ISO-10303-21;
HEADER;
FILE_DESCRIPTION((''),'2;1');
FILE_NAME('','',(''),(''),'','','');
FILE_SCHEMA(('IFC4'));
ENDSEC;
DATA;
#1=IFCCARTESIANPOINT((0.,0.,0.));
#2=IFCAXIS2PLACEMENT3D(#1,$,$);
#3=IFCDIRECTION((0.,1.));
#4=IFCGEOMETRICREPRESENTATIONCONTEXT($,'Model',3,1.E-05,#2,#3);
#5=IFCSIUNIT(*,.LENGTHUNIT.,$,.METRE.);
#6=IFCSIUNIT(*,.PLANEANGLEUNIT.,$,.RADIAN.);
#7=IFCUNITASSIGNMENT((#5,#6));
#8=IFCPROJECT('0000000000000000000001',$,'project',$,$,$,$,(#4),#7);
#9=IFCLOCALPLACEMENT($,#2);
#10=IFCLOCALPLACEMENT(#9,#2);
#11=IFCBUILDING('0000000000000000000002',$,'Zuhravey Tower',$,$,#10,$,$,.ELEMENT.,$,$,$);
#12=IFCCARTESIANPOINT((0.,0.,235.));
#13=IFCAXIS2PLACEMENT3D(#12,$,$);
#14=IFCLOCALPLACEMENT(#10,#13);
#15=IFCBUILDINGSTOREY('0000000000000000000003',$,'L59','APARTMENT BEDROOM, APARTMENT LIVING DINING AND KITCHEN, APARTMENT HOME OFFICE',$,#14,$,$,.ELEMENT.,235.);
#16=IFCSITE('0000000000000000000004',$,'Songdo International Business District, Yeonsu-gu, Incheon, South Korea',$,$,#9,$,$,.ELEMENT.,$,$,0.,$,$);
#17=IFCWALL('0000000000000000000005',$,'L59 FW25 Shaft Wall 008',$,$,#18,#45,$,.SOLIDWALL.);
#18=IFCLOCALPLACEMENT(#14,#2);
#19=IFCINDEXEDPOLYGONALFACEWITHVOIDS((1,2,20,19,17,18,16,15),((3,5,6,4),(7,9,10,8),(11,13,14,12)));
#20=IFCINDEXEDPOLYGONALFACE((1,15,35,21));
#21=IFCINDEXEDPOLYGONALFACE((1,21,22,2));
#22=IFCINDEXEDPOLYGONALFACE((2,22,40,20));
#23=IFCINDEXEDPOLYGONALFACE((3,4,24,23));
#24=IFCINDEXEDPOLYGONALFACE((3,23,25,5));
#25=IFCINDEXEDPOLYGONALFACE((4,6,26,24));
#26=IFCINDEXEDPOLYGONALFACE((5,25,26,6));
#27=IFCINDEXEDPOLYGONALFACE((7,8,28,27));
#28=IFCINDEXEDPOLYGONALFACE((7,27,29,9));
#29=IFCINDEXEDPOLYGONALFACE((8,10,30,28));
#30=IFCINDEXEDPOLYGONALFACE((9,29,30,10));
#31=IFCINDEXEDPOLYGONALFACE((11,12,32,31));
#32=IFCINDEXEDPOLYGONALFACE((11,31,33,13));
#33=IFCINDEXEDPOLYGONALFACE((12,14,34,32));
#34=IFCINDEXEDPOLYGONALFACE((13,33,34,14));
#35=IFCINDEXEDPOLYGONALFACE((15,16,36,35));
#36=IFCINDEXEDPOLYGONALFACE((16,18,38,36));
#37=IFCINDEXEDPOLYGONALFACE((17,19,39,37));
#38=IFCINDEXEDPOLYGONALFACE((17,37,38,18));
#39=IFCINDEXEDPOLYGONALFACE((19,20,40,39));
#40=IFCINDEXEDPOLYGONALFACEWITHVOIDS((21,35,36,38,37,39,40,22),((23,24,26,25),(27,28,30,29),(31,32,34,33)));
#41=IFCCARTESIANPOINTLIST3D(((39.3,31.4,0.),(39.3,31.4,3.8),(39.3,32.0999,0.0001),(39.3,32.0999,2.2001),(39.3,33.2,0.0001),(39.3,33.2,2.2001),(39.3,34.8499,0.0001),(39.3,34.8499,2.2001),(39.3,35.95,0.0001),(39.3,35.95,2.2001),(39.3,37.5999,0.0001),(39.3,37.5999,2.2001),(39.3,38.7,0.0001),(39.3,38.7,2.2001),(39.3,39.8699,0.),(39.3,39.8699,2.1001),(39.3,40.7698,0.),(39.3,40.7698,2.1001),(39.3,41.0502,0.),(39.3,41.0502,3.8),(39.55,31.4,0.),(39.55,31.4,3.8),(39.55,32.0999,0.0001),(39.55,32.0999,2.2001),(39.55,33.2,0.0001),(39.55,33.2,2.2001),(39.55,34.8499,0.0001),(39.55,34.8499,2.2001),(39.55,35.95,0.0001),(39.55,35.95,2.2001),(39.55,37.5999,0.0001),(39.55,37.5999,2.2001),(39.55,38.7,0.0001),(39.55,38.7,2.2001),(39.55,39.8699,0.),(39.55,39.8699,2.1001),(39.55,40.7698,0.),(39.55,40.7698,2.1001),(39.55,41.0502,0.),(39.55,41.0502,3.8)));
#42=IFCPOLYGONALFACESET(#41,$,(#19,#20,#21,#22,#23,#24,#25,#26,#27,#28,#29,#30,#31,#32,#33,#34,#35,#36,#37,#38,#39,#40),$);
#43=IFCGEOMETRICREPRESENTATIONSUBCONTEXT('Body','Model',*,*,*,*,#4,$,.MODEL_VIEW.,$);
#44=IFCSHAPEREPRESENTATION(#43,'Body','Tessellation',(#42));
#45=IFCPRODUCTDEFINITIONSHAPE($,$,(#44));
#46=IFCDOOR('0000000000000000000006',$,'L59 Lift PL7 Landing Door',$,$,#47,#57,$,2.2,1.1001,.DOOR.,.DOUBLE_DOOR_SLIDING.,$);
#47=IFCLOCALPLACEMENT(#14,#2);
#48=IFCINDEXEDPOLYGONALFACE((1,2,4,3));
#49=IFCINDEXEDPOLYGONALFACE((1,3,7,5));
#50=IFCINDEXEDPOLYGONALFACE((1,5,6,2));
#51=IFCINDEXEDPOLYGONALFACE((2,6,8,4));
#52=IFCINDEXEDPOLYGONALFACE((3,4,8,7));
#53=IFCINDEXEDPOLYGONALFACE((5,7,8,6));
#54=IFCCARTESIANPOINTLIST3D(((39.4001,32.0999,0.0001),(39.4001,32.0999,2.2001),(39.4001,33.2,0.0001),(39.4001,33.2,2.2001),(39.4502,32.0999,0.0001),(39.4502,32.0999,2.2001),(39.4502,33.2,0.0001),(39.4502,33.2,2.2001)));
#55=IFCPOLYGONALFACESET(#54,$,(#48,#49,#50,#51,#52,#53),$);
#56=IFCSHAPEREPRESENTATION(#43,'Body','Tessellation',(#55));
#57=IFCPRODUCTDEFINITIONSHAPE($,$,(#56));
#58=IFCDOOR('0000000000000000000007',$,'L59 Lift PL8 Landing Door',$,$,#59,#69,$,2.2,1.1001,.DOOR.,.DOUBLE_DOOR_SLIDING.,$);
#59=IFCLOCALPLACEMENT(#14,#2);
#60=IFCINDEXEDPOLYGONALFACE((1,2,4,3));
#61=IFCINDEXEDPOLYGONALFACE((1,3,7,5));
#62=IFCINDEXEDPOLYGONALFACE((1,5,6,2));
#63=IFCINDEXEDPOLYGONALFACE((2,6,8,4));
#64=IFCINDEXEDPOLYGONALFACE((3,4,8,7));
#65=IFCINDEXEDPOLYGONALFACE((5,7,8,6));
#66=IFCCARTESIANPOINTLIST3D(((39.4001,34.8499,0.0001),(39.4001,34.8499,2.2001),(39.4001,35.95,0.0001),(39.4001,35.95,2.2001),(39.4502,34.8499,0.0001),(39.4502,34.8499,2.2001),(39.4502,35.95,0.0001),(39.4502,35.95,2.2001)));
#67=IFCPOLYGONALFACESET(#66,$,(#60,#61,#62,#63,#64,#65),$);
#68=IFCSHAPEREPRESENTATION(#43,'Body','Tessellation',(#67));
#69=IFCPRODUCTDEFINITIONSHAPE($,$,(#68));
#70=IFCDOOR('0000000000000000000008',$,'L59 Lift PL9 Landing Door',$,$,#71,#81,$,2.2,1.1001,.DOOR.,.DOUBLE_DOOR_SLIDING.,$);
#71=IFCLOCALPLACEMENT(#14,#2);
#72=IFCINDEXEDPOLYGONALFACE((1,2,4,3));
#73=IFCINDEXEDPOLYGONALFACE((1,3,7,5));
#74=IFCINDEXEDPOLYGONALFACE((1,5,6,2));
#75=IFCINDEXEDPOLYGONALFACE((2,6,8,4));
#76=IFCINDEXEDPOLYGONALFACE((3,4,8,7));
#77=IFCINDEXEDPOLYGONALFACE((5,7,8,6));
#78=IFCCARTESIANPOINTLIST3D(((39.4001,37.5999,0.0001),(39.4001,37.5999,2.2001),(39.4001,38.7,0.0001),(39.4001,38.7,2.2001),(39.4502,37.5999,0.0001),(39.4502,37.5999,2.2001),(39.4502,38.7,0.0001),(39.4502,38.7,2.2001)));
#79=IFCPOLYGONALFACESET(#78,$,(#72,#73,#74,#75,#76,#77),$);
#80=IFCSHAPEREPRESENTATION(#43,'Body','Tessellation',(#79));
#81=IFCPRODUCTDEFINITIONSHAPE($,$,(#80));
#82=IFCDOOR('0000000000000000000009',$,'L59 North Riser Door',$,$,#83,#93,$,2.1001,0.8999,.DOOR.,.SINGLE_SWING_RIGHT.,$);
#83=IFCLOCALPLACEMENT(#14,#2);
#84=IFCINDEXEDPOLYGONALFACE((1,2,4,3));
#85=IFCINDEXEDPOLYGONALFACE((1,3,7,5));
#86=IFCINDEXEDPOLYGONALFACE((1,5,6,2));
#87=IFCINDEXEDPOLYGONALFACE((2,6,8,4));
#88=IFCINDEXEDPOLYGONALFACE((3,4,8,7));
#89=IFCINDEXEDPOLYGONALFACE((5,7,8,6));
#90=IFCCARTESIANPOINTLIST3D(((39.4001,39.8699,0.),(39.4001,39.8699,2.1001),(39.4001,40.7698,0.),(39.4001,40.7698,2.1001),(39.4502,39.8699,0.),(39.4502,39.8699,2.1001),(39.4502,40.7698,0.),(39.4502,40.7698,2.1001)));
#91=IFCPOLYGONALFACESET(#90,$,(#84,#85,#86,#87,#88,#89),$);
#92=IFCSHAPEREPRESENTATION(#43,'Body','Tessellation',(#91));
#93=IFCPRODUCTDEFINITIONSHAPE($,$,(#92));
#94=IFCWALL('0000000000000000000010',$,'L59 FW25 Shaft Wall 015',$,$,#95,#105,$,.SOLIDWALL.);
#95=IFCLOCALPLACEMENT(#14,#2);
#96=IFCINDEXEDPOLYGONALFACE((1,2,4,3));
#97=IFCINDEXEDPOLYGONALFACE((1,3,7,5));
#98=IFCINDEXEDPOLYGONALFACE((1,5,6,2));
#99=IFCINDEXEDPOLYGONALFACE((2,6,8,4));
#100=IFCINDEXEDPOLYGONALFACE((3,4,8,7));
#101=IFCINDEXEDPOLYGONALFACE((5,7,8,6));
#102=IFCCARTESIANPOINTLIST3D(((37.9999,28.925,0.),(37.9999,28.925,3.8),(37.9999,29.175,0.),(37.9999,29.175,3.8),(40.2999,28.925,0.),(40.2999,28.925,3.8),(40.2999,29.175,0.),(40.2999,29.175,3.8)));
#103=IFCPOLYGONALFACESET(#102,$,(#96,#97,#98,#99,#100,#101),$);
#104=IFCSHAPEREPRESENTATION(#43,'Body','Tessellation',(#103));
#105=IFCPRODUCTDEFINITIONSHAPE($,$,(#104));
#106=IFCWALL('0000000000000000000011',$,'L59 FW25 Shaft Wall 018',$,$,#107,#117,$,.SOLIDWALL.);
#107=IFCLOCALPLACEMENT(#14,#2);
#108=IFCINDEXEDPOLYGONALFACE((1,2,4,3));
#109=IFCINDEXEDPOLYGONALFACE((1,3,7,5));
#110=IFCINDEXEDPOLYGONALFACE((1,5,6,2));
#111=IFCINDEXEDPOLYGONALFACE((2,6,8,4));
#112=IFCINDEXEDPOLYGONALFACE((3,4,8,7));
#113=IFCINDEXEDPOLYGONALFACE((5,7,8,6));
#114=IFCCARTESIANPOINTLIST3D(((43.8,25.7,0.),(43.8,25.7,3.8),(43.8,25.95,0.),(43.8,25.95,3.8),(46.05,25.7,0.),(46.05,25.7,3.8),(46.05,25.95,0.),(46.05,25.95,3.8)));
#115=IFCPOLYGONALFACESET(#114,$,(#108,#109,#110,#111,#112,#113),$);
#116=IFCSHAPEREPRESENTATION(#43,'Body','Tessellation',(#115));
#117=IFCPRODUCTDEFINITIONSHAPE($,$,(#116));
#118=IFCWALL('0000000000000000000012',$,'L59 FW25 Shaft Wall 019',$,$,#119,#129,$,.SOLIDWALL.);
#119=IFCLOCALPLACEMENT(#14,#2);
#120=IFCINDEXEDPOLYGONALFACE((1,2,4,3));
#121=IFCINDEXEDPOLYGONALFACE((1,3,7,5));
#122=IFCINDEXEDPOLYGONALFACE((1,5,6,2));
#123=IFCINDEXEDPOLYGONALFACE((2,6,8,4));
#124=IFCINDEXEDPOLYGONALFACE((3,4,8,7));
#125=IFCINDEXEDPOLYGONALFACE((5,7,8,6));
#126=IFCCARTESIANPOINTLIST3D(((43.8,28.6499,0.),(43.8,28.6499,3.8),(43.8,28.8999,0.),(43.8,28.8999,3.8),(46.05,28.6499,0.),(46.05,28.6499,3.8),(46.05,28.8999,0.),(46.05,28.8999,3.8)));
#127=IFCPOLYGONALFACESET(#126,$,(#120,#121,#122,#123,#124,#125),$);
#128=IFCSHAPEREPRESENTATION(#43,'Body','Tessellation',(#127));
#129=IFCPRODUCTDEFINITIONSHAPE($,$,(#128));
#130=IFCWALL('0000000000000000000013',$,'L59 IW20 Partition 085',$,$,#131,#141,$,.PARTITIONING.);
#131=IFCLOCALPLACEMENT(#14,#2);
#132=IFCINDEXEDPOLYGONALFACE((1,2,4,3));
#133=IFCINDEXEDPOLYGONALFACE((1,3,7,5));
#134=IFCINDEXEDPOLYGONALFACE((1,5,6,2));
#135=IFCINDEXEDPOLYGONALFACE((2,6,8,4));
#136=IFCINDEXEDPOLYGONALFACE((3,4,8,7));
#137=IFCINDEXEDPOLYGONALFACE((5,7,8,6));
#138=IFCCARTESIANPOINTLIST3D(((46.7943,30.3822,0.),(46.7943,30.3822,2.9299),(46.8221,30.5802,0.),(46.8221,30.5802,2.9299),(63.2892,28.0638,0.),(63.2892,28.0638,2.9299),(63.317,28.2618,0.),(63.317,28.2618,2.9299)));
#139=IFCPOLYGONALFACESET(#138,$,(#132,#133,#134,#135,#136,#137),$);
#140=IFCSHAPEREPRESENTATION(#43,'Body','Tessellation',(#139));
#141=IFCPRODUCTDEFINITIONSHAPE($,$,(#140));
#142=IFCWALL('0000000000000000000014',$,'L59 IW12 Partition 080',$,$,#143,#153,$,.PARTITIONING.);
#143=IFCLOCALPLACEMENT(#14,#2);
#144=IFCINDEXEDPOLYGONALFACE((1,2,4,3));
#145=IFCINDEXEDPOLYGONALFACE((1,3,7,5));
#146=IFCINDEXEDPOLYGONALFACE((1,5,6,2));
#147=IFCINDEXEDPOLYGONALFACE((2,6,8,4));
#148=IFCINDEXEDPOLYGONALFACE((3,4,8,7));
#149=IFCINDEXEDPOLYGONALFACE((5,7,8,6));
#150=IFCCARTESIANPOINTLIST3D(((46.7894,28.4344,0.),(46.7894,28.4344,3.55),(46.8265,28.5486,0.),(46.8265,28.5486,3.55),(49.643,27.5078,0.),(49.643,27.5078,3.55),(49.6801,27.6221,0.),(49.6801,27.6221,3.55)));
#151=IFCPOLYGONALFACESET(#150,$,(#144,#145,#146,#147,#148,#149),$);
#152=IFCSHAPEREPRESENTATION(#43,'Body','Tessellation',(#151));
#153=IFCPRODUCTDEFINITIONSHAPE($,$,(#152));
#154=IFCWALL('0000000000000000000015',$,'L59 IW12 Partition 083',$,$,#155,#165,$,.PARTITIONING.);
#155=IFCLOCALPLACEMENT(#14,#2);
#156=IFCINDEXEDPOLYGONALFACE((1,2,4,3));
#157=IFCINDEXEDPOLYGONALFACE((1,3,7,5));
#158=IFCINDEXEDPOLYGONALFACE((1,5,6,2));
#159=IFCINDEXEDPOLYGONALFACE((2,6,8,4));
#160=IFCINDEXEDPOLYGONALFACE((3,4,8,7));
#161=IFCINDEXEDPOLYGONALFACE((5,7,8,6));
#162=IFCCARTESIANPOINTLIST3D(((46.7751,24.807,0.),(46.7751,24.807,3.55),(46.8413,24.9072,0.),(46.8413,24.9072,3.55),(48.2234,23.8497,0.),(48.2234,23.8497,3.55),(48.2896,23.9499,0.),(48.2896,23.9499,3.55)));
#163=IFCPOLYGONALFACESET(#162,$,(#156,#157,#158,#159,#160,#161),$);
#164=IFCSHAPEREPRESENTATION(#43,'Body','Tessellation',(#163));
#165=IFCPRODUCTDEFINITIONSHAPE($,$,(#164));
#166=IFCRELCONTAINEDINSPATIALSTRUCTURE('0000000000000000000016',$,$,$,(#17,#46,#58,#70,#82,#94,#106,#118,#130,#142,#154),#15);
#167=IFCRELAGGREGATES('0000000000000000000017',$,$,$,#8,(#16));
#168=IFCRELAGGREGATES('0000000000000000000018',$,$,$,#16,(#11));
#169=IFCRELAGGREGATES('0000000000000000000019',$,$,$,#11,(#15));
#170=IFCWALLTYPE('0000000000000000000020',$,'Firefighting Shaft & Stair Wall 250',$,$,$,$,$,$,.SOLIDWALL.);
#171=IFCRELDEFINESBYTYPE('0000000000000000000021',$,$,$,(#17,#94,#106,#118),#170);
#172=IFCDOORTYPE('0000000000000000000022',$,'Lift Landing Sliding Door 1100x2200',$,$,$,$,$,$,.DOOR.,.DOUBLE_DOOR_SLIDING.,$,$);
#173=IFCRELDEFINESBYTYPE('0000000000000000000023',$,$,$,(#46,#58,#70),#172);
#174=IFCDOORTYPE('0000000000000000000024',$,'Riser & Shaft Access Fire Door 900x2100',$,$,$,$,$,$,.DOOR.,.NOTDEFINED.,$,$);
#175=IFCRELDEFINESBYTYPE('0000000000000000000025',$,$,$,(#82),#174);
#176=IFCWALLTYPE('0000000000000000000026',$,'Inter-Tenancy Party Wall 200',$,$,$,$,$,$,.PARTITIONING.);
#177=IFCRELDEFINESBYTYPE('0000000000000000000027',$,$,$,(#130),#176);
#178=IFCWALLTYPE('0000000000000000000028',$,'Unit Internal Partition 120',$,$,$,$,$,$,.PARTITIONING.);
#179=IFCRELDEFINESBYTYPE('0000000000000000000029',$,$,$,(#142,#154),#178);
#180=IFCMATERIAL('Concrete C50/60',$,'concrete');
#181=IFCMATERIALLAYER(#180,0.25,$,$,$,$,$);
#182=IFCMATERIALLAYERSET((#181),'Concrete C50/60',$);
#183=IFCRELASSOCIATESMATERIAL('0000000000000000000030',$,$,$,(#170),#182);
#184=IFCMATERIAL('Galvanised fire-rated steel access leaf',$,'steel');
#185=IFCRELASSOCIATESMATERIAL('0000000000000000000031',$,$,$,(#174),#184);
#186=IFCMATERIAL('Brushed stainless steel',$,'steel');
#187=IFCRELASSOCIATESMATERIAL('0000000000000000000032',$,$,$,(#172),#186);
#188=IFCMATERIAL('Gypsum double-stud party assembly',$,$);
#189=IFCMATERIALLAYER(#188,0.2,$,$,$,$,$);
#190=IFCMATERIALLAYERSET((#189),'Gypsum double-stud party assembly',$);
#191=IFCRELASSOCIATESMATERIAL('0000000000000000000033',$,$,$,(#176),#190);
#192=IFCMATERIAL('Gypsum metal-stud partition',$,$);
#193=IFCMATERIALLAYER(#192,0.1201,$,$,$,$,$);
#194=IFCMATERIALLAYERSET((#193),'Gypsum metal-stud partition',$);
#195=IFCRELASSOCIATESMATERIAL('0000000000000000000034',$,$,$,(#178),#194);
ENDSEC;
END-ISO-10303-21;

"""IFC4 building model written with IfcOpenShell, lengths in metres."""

from ifc_helpers import new_model, si_unit, direction, frame, frame_2d, origin, place, context, subcontext, project, spatial, rectangle, extrude, material, layer, layer_set, type_object, element, fill, save


model = new_model("IFC4")

# Units and contexts
model_context = context("Model", 3, precision=1e-05, world=origin(), true_north=direction((0.0, 1.0)))
body_context = subcontext(model_context, "Body", "Model", "MODEL_VIEW")
ifc_project = project(units=[si_unit("LENGTHUNIT", "METRE"), si_unit("PLANEANGLEUNIT", "RADIAN")], contexts=[model_context])

# Site, building, storey
site_placement = place(None, origin())
site = spatial("IfcSite", under=ifc_project, at=site_placement, Name="Songdo International Business District, Yeonsu-gu, Incheon, South Korea", CompositionType="ELEMENT", RefElevation=0.0)
building_placement = place(site_placement, origin())
building = spatial("IfcBuilding", under=site, at=building_placement, Name="Zuhravey Tower", CompositionType="ELEMENT")
storey_placement = place(building_placement, frame((0.0, 0.0, 235.0)))
storey = spatial("IfcBuildingStorey", under=building, at=storey_placement, Name="L59", Description="APARTMENT BEDROOM, APARTMENT LIVING DINING AND KITCHEN, APARTMENT HOME OFFICE", CompositionType="ELEMENT", Elevation=235.0)

# Wall, openings, doors
ifc_material_1 = material(Name="Concrete C50/60", Category="concrete")
ifc_layer_1 = layer(ifc_material_1, 0.25)
ifc_layer_set_1 = layer_set([ifc_layer_1], Name="Concrete C50/60")
wall_type_1 = type_object("IfcWallType", Name="Firefighting Shaft & Stair Wall 250", PredefinedType="SOLIDWALL", material=ifc_layer_set_1)
ifc_material_2 = material(Name="Galvanised fire-rated steel access leaf", Category="steel")
door_type_1 = type_object("IfcDoorType", Name="Riser & Shaft Access Fire Door 900x2100", OperationType="NOTDEFINED", PredefinedType="DOOR", material=ifc_material_2)
wall_1_placement = place(storey_placement, frame((39.425, 31.3999, 0.0), z_axis=(0.0, 0.0, 1.0), x_axis=(0.0, 1.0, 0.0)))
wall_1 = element("IfcWall", 1, at=wall_1_placement, inside=storey, type_object=wall_type_1, Name="L59 FW25 Shaft Wall 008", PredefinedType="SOLIDWALL", context=body_context, shape_type="SweptSolid", body=[
    extrude(rectangle(XDim=9.6501, YDim=0.25, at=frame_2d((4.8252, 0.0))), origin(), (0.0, 0.0, 1.0), 3.8),
])
opening_1_placement = place(wall_1_placement, frame((0.7, 0.0, 0.0)))
opening_1 = element("IfcOpeningElement", 2, at=opening_1_placement, cuts=wall_1, PredefinedType="OPENING", context=body_context, shape_type="SweptSolid", body=[
    extrude(rectangle(XDim=1.1001, YDim=2.2, at=frame_2d((0.55, 1.1001))), frame((0.0, 0.137, 0.0), z_axis=(0.0, -1.0, 0.0), x_axis=(1.0, 0.0, 0.0)), (0.0, 0.0, 1.0), 0.2739),
])
opening_2_placement = place(wall_1_placement, frame((3.45, 0.0, 0.0)))
opening_2 = element("IfcOpeningElement", 3, at=opening_2_placement, cuts=wall_1, PredefinedType="OPENING", context=body_context, shape_type="SweptSolid", body=[
    extrude(rectangle(XDim=1.1001, YDim=2.2, at=frame_2d((0.55, 1.1001))), frame((0.0, 0.137, 0.0), z_axis=(0.0, -1.0, 0.0), x_axis=(1.0, 0.0, 0.0)), (0.0, 0.0, 1.0), 0.2739),
])
opening_3_placement = place(wall_1_placement, frame((6.2, 0.0, 0.0)))
opening_3 = element("IfcOpeningElement", 4, at=opening_3_placement, cuts=wall_1, PredefinedType="OPENING", context=body_context, shape_type="SweptSolid", body=[
    extrude(rectangle(XDim=1.1001, YDim=2.2, at=frame_2d((0.55, 1.1001))), frame((0.0, 0.137, 0.0), z_axis=(0.0, -1.0, 0.0), x_axis=(1.0, 0.0, 0.0)), (0.0, 0.0, 1.0), 0.2739),
])
opening_4_placement = place(wall_1_placement, frame((8.47, 0.0, 0.0)))
opening_4 = element("IfcOpeningElement", 5, at=opening_4_placement, cuts=wall_1, PredefinedType="OPENING", context=body_context, shape_type="SweptSolid", body=[
    extrude(rectangle(XDim=0.8999, YDim=2.1001, at=frame_2d((0.45, 1.05))), frame((0.0, 0.137, 0.0), z_axis=(0.0, -1.0, 0.0), x_axis=(1.0, 0.0, 0.0)), (0.0, 0.0, 1.0), 0.2739),
])
ifc_material_3 = material(Name="Brushed stainless steel", Category="steel")
door_type_2 = type_object("IfcDoorType", Name="Lift Landing Sliding Door 1100x2200", OperationType="DOUBLE_DOOR_SLIDING", PredefinedType="DOOR", material=ifc_material_3)
door_1_placement = place(opening_1_placement, origin())
door_1 = element("IfcDoor", 6, at=door_1_placement, inside=storey, type_object=door_type_2, Name="L59 Lift PL7 Landing Door", OperationType="DOUBLE_DOOR_SLIDING", OverallHeight=2.2, OverallWidth=1.1001, PredefinedType="DOOR", context=body_context, shape_type="SweptSolid", body=[
    extrude(rectangle(XDim=1.1001, YDim=2.2, at=frame_2d((0.55, 1.1001))), frame((0.0, 0.0249, 0.0), z_axis=(0.0, -1.0, 0.0), x_axis=(1.0, 0.0, 0.0)), (0.0, 0.0, 1.0), 0.05),
])
fill(opening_1, door_1)
door_2_placement = place(opening_2_placement, origin())
door_2 = element("IfcDoor", 7, at=door_2_placement, inside=storey, type_object=door_type_2, Name="L59 Lift PL8 Landing Door", OperationType="DOUBLE_DOOR_SLIDING", OverallHeight=2.2, OverallWidth=1.1001, PredefinedType="DOOR", context=body_context, shape_type="SweptSolid", body=[
    extrude(rectangle(XDim=1.1001, YDim=2.2, at=frame_2d((0.55, 1.1001))), frame((0.0, 0.0249, 0.0), z_axis=(0.0, -1.0, 0.0), x_axis=(1.0, 0.0, 0.0)), (0.0, 0.0, 1.0), 0.05),
])
fill(opening_2, door_2)
door_3_placement = place(opening_3_placement, origin())
door_3 = element("IfcDoor", 8, at=door_3_placement, inside=storey, type_object=door_type_2, Name="L59 Lift PL9 Landing Door", OperationType="DOUBLE_DOOR_SLIDING", OverallHeight=2.2, OverallWidth=1.1001, PredefinedType="DOOR", context=body_context, shape_type="SweptSolid", body=[
    extrude(rectangle(XDim=1.1001, YDim=2.2, at=frame_2d((0.55, 1.1001))), frame((0.0, 0.0249, 0.0), z_axis=(0.0, -1.0, 0.0), x_axis=(1.0, 0.0, 0.0)), (0.0, 0.0, 1.0), 0.05),
])
fill(opening_3, door_3)
door_4_placement = place(opening_4_placement, origin())
door_4 = element("IfcDoor", 9, at=door_4_placement, inside=storey, type_object=door_type_1, Name="L59 North Riser Door", OperationType="SINGLE_SWING_RIGHT", OverallHeight=2.1001, OverallWidth=0.8999, PredefinedType="DOOR", context=body_context, shape_type="SweptSolid", body=[
    extrude(rectangle(XDim=0.8999, YDim=2.1001, at=frame_2d((0.45, 1.05))), frame((0.0, 0.0249, 0.0), z_axis=(0.0, -1.0, 0.0), x_axis=(1.0, 0.0, 0.0)), (0.0, 0.0, 1.0), 0.05),
])
fill(opening_4, door_4)

# Walls
wall_2_placement = place(storey_placement, frame((38.0, 29.05, 0.0), z_axis=(0.0, 0.0, 1.0), x_axis=(1.0, 0.0, 0.0)))
element("IfcWall", 10, at=wall_2_placement, inside=storey, type_object=wall_type_1, Name="L59 FW25 Shaft Wall 015", PredefinedType="SOLIDWALL", context=body_context, shape_type="SweptSolid", body=[
    extrude(rectangle(XDim=2.3, YDim=0.25, at=frame_2d((1.1499, 0.0))), origin(), (0.0, 0.0, 1.0), 3.8),
])
for number, where, z_axis, x_axis, name in (
    (11, (43.8, 25.825, 0.0), (0.0, 0.0, 1.0), (1.0, 0.0, 0.0), "L59 FW25 Shaft Wall 018"),
    (12, (43.8, 28.7749, 0.0), (0.0, 0.0, 1.0), (1.0, 0.0, 0.0), "L59 FW25 Shaft Wall 019"),
):
    element("IfcWall", number, at=place(storey_placement, frame(where, z_axis=z_axis, x_axis=x_axis)), inside=storey, type_object=wall_type_1, Name=name, PredefinedType="SOLIDWALL", context=body_context, shape_type="SweptSolid", body=[
        extrude(rectangle(XDim=2.25, YDim=0.25, at=frame_2d((1.125, 0.0))), origin(), (0.0, 0.0, 1.0), 3.8),
    ])
ifc_material_4 = material(Name="Gypsum double-stud party assembly")
ifc_layer_2 = layer(ifc_material_4, 0.2)
ifc_layer_set_2 = layer_set([ifc_layer_2], Name="Gypsum double-stud party assembly")
wall_type_2 = type_object("IfcWallType", Name="Inter-Tenancy Party Wall 200", PredefinedType="PARTITIONING", material=ifc_layer_set_2)
wall_3_placement = place(storey_placement, frame((46.8081, 30.4812, 0.0), z_axis=(0.0, 0.0, 1.0), x_axis=(0.990267, -0.139182, 0.0)))
element("IfcWall", 13, at=wall_3_placement, inside=storey, type_object=wall_type_2, Name="L59 IW20 Partition 085", PredefinedType="PARTITIONING", context=body_context, shape_type="SweptSolid", body=[
    extrude(rectangle(XDim=16.657, YDim=0.2, at=frame_2d((8.3286, 0.0))), origin(), (0.0, 0.0, 1.0), 2.9299),
])
ifc_material_5 = material(Name="Gypsum metal-stud partition")
ifc_layer_3 = layer(ifc_material_5, 0.1201)
ifc_layer_set_3 = layer_set([ifc_layer_3], Name="Gypsum metal-stud partition")
wall_type_3 = type_object("IfcWallType", Name="Unit Internal Partition 120", PredefinedType="PARTITIONING", material=ifc_layer_set_3)
wall_4_placement = place(storey_placement, frame((46.8081, 28.4915, 0.0), z_axis=(0.0, 0.0, 1.0), x_axis=(0.95112, -0.308821, 0.0)))
element("IfcWall", 14, at=wall_4_placement, inside=storey, type_object=wall_type_3, Name="L59 IW12 Partition 080", PredefinedType="PARTITIONING", context=body_context, shape_type="SweptSolid", body=[
    extrude(rectangle(XDim=3.0002, YDim=0.1201, at=frame_2d((1.5, 0.0))), origin(), (0.0, 0.0, 1.0), 3.55),
])
wall_5_placement = place(storey_placement, frame((46.8081, 24.8572, 0.0), z_axis=(0.0, 0.0, 1.0), x_axis=(0.834229, -0.551418, 0.0)))
element("IfcWall", 15, at=wall_5_placement, inside=storey, type_object=wall_type_3, Name="L59 IW12 Partition 083", PredefinedType="PARTITIONING", context=body_context, shape_type="SweptSolid", body=[
    extrude(rectangle(XDim=1.7361, YDim=0.1201, at=frame_2d((0.8682, 0.0))), origin(), (0.0, 0.0, 1.0), 3.55),
])

save(model, "model.ifc")
